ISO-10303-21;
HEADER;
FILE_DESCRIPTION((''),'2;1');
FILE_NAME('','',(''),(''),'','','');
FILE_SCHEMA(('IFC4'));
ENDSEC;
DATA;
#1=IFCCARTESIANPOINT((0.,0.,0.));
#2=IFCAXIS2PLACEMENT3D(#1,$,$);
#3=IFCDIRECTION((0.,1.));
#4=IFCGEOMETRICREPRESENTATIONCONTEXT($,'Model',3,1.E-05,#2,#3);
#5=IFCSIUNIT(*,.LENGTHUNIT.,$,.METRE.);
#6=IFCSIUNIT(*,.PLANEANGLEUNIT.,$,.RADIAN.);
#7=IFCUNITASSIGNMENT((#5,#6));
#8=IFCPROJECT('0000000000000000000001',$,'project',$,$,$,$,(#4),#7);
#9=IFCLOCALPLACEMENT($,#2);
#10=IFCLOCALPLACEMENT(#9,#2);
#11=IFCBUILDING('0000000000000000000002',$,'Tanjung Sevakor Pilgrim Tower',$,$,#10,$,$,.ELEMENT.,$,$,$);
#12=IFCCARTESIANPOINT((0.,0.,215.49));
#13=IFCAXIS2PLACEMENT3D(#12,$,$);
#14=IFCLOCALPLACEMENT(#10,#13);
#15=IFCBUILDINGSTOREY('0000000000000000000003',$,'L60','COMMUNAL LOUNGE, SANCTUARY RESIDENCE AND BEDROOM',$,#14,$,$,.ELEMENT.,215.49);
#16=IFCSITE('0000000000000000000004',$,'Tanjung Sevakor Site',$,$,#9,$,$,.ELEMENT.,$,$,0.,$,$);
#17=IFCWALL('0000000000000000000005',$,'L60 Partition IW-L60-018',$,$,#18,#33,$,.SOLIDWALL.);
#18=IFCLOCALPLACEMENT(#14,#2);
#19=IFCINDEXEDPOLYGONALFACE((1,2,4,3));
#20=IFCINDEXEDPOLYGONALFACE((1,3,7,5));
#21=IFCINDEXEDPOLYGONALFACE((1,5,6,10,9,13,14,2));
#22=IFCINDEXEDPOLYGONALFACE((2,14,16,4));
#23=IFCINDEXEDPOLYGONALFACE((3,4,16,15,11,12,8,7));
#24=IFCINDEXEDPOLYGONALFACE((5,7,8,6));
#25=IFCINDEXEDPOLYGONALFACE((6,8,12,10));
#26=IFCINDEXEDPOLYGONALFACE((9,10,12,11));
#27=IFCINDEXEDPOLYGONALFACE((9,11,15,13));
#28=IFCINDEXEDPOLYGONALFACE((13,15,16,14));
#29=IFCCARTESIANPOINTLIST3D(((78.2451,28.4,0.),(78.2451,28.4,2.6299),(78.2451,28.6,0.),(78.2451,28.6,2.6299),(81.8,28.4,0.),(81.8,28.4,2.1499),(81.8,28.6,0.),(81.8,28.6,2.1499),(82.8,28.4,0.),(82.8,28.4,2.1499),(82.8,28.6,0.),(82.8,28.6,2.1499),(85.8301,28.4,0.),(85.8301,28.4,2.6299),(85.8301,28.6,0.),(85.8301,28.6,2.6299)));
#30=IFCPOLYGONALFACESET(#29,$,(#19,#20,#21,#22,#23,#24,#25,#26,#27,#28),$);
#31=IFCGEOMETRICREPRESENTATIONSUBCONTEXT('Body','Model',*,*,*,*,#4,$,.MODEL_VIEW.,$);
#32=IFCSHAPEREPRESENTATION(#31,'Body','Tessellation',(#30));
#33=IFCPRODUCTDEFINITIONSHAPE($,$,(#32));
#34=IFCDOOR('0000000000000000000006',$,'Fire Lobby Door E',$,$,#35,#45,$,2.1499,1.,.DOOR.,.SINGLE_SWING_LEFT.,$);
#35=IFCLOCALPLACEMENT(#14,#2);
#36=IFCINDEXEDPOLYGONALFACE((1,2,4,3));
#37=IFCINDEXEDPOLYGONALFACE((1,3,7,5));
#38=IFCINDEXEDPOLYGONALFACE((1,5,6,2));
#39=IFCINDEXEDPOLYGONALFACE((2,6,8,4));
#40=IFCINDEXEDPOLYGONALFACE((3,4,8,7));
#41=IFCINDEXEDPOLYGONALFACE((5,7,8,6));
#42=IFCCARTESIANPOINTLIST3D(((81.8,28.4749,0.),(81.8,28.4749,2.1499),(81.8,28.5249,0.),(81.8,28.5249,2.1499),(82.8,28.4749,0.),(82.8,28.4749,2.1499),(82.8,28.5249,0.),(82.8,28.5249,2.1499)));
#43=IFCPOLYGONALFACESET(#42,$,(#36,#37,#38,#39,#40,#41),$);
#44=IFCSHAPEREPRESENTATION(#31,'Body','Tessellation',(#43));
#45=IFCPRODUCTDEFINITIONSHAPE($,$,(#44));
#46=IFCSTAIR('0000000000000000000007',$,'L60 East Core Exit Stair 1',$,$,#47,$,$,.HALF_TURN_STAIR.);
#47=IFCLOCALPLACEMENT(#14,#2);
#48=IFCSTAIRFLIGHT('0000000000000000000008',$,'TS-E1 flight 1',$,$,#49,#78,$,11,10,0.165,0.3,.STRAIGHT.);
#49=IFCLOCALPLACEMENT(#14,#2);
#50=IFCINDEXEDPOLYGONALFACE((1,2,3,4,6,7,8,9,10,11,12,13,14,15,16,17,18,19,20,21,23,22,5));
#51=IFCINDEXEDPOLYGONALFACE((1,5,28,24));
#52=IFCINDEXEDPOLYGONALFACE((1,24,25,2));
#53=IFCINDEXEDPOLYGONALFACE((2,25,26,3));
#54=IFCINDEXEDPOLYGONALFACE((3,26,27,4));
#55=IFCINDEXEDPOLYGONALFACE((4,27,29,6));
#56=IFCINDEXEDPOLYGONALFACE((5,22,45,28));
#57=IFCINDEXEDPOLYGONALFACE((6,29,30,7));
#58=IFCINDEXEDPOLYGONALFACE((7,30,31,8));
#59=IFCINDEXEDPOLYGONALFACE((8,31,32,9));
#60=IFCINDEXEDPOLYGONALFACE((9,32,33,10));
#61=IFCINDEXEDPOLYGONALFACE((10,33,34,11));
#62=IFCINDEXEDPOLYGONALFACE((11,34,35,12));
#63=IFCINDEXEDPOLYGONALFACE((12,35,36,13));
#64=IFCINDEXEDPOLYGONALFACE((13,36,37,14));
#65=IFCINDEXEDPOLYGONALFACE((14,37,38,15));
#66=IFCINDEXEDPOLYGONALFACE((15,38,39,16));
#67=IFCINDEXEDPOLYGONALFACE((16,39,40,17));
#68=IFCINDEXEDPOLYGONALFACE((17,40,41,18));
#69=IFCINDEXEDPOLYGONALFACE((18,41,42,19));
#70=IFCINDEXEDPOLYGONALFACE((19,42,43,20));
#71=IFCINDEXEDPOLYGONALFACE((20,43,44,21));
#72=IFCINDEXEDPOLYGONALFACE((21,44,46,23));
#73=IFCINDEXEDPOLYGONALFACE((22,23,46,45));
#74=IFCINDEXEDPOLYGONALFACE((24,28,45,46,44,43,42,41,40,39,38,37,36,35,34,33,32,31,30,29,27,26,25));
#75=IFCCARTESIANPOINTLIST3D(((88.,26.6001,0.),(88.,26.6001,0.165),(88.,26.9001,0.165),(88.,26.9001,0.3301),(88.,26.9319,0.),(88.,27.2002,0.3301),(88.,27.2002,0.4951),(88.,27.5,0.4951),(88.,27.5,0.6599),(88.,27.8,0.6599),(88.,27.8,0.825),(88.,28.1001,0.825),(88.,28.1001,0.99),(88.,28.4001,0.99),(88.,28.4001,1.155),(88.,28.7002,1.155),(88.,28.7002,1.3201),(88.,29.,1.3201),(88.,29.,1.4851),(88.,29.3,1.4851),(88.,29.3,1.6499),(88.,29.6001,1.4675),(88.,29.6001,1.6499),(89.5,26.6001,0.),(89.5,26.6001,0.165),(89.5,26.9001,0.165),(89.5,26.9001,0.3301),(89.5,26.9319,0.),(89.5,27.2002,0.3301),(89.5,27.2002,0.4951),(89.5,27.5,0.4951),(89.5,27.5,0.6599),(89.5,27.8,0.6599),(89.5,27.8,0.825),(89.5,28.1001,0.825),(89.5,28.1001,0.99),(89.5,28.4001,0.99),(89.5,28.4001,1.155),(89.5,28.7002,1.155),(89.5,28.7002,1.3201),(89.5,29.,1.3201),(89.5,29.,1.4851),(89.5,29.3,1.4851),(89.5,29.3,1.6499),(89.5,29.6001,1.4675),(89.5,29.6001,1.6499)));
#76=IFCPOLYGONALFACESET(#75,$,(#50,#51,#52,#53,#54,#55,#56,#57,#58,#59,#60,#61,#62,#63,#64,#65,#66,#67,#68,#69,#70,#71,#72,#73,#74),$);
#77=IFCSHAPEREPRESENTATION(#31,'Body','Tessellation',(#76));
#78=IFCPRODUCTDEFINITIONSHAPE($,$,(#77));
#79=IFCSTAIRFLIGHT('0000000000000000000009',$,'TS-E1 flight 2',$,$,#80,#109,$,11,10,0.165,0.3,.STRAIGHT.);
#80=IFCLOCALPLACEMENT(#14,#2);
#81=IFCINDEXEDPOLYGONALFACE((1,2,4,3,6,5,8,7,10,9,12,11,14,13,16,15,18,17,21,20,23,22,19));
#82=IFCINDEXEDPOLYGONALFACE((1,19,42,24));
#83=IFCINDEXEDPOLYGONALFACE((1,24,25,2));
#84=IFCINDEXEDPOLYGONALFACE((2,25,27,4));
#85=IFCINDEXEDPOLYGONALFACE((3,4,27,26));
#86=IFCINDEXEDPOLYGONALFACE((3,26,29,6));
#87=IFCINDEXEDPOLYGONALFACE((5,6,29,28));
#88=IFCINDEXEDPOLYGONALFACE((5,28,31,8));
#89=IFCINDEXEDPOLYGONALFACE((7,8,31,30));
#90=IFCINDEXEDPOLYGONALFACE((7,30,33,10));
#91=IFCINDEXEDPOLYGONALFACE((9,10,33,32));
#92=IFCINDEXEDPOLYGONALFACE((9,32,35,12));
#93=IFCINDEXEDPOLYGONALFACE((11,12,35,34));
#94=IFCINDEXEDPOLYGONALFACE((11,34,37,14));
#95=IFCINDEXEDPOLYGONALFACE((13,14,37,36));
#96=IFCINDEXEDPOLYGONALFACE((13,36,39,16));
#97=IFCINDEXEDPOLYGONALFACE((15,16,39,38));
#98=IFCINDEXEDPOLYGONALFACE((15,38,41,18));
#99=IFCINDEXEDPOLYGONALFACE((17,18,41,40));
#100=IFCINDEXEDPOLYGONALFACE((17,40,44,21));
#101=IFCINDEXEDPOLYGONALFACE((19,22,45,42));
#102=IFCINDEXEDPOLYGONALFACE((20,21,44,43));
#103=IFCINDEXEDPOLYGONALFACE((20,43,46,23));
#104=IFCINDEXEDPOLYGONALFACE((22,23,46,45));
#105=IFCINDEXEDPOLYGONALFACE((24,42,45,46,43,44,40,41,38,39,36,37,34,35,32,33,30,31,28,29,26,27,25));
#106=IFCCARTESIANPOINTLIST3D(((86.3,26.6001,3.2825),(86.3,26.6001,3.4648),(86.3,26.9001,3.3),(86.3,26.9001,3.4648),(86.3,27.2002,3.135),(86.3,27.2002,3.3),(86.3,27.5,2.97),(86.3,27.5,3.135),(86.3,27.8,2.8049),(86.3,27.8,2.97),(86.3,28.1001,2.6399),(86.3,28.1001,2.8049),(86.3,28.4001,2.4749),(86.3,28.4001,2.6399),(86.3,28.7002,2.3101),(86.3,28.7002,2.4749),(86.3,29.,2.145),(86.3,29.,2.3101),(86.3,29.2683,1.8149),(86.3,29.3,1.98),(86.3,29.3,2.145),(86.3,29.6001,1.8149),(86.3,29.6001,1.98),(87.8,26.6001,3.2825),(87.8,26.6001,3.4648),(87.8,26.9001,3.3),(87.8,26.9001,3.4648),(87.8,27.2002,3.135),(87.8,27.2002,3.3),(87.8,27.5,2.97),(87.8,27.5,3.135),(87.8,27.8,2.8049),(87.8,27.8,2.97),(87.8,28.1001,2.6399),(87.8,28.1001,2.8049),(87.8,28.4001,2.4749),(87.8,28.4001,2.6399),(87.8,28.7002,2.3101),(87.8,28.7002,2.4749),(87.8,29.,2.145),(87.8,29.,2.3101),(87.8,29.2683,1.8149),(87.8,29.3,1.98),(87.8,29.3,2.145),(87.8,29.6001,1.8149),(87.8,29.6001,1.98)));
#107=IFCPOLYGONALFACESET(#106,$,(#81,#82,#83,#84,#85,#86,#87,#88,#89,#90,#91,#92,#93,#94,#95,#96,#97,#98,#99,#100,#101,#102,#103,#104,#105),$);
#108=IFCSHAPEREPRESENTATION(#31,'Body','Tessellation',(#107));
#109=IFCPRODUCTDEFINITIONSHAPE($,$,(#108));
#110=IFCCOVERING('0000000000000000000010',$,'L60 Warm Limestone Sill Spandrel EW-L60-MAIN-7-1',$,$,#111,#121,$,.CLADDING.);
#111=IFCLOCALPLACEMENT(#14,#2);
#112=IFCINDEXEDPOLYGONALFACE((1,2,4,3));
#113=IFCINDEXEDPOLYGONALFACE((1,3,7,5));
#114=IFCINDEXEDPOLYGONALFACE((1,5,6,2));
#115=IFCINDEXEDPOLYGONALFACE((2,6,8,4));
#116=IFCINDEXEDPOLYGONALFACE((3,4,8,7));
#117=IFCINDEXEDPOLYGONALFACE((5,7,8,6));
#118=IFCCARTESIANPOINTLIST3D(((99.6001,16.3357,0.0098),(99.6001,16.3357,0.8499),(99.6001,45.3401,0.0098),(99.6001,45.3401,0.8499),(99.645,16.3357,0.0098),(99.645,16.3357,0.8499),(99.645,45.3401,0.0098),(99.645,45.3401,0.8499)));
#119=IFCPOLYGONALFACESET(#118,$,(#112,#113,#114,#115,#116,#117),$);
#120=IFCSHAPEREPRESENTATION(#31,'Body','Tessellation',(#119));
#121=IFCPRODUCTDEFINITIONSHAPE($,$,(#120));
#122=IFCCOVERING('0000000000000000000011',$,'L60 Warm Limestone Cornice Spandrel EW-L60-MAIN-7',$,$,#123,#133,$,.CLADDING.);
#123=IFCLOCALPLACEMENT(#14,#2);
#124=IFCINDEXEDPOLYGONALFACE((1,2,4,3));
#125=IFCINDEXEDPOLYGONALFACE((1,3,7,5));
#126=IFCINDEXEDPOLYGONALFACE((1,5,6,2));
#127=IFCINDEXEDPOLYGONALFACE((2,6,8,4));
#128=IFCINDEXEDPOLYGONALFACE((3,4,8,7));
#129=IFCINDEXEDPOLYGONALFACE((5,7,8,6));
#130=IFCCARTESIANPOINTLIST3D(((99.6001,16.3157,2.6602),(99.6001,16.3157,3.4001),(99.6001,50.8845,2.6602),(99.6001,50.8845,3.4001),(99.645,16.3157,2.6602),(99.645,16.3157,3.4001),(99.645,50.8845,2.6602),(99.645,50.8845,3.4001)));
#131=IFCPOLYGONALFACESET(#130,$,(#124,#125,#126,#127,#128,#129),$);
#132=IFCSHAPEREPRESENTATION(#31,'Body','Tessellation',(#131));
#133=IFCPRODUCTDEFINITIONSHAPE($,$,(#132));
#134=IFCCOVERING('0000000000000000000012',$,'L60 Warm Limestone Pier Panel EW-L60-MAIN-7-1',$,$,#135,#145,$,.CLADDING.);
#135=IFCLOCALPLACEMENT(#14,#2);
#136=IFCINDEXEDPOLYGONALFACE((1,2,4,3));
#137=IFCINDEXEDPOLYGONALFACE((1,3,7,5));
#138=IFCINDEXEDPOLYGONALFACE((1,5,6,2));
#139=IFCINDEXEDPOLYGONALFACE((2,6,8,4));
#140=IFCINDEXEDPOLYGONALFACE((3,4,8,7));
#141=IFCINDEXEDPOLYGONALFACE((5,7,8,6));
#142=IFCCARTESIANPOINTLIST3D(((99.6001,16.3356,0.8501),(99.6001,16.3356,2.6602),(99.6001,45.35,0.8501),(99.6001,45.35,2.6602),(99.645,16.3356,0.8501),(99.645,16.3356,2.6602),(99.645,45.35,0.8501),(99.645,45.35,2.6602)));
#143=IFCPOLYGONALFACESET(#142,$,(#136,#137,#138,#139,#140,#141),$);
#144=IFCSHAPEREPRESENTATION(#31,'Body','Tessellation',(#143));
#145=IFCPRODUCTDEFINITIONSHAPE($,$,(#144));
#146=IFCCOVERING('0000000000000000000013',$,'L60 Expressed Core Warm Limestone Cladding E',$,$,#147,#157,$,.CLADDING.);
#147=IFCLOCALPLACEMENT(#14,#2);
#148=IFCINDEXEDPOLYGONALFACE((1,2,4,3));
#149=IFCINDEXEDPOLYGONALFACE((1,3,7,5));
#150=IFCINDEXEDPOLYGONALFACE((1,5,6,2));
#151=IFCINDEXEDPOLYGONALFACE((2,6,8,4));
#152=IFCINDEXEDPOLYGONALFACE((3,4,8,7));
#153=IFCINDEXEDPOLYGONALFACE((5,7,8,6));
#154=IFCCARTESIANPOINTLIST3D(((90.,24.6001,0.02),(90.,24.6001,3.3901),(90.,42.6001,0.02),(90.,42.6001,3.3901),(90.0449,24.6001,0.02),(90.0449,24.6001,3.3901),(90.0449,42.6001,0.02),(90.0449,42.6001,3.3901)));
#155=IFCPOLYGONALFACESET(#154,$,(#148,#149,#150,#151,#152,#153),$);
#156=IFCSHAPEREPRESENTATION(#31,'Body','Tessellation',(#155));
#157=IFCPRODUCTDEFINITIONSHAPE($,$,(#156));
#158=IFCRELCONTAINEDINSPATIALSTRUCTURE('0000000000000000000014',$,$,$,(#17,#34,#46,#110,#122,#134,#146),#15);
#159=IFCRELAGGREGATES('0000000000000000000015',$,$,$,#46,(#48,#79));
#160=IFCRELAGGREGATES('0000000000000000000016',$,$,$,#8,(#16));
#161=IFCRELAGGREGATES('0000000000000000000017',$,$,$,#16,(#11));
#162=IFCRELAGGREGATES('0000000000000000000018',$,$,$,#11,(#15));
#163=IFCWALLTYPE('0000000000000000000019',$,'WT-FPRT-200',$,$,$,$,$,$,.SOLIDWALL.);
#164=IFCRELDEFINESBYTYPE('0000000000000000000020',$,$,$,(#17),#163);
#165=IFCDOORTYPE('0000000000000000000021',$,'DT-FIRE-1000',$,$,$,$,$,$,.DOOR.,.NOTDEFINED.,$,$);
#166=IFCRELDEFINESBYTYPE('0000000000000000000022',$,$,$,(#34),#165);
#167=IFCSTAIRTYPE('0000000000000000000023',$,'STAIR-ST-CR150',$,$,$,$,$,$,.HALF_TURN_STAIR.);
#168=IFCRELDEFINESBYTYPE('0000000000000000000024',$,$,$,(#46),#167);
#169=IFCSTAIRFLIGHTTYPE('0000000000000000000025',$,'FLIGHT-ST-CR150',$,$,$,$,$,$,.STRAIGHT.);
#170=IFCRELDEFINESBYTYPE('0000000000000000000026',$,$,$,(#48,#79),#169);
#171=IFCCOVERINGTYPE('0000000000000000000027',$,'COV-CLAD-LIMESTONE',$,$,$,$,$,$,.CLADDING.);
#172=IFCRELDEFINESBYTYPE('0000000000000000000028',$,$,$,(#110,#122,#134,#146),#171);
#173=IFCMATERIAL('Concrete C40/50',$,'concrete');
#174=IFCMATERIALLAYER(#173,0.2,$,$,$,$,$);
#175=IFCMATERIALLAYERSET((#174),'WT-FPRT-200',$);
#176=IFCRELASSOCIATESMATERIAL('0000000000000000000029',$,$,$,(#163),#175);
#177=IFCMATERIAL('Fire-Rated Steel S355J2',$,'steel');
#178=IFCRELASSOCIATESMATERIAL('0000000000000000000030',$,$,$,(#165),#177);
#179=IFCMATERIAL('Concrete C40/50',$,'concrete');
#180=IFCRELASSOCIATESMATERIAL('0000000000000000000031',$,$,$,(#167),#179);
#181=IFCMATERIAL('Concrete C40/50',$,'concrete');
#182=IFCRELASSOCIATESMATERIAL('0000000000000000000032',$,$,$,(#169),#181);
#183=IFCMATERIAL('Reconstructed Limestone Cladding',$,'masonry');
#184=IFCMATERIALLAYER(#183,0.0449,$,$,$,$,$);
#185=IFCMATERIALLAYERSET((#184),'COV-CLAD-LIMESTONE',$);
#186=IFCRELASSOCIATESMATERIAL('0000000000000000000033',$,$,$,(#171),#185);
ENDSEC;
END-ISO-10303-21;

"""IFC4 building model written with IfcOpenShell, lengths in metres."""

from ifc_helpers import new_model, si_unit, direction, frame, frame_2d, origin, origin_2d, place, context, subcontext, project, spatial, polyline, rectangle, outline, extrude, material, layer, layer_set, type_object, element, fill, aggregate, save


model = new_model("IFC4")

# Units and contexts
model_context = context("Model", 3, precision=1e-05, world=origin(), true_north=direction((0.0, 1.0)))
body_context = subcontext(model_context, "Body", "Model", "MODEL_VIEW")
ifc_project = project(units=[si_unit("LENGTHUNIT", "METRE"), si_unit("PLANEANGLEUNIT", "RADIAN")], contexts=[model_context])

# Site, building, storey
site_placement = place(None, origin())
site = spatial("IfcSite", under=ifc_project, at=site_placement, Name="Tanjung Sevakor Site", CompositionType="ELEMENT", RefElevation=0.0)
building_placement = place(site_placement, origin())
building = spatial("IfcBuilding", under=site, at=building_placement, Name="Tanjung Sevakor Pilgrim Tower", CompositionType="ELEMENT")
storey_placement = place(building_placement, frame((0.0, 0.0, 215.49)))
storey = spatial("IfcBuildingStorey", under=building, at=storey_placement, Name="L60", Description="COMMUNAL LOUNGE, SANCTUARY RESIDENCE AND BEDROOM", CompositionType="ELEMENT", Elevation=215.49)

# Wall, opening, door
ifc_material_1 = material(Name="Concrete C40/50", Category="concrete")
ifc_layer_1 = layer(ifc_material_1, 0.2)
ifc_layer_set_1 = layer_set([ifc_layer_1], Name="WT-FPRT-200")
wall_type_1 = type_object("IfcWallType", Name="WT-FPRT-200", PredefinedType="SOLIDWALL", material=ifc_layer_set_1)
wall_1_placement = place(storey_placement, frame((78.2451, 28.5, 0.0), z_axis=(0.0, 0.0, 1.0), x_axis=(1.0, 0.0, 0.0)))
wall_1 = element("IfcWall", 1, at=wall_1_placement, inside=storey, type_object=wall_type_1, Name="L60 Partition IW-L60-018", PredefinedType="SOLIDWALL", context=body_context, shape_type="SweptSolid", body=[
    extrude(rectangle(XDim=7.585, YDim=0.2, at=frame_2d((3.7925, 0.0))), origin(), (0.0, 0.0, 1.0), 2.6299),
])
opening_1_placement = place(wall_1_placement, frame((3.5549, 0.0, 0.0)))
opening_1 = element("IfcOpeningElement", 2, at=opening_1_placement, cuts=wall_1, PredefinedType="OPENING", context=body_context, shape_type="SweptSolid", body=[
    extrude(rectangle(XDim=1.0, YDim=2.1499, at=frame_2d((0.5, 1.075))), frame((0.0, 0.1099, 0.0), z_axis=(0.0, -1.0, 0.0), x_axis=(1.0, 0.0, 0.0)), (0.0, 0.0, 1.0), 0.22),
])
ifc_material_2 = material(Name="Fire-Rated Steel S355J2", Category="steel")
door_type_1 = type_object("IfcDoorType", Name="DT-FIRE-1000", OperationType="NOTDEFINED", PredefinedType="DOOR", material=ifc_material_2)
door_1_placement = place(opening_1_placement, origin())
door_1 = element("IfcDoor", 3, at=door_1_placement, inside=storey, type_object=door_type_1, Name="Fire Lobby Door E", OperationType="SINGLE_SWING_LEFT", OverallHeight=2.1499, OverallWidth=1.0, PredefinedType="DOOR", context=body_context, shape_type="SweptSolid", body=[
    extrude(rectangle(XDim=1.0, YDim=2.1499, at=frame_2d((0.5, 1.075))), frame((0.0, 0.0249, 0.0), z_axis=(0.0, -1.0, 0.0), x_axis=(1.0, 0.0, 0.0)), (0.0, 0.0, 1.0), 0.05),
])
fill(opening_1, door_1)

# Stair, stair flights
ifc_material_3 = material(Name="Concrete C40/50", Category="concrete")
stair_type = type_object("IfcStairType", Name="STAIR-ST-CR150", PredefinedType="HALF_TURN_STAIR", material=ifc_material_3)
stair_placement = place(storey_placement, origin())
stair = element("IfcStair", 4, at=stair_placement, inside=storey, type_object=stair_type, Name="L60 East Core Exit Stair 1", PredefinedType="HALF_TURN_STAIR")
ifc_material_4 = material(Name="Concrete C40/50", Category="concrete")
stair_flight_type = type_object("IfcStairFlightType", Name="FLIGHT-ST-CR150", PredefinedType="STRAIGHT", material=ifc_material_4)
stair_flight_1_placement = place(storey_placement, frame((88.75, 26.6001, 0.0), z_axis=(0.0, 0.0, 1.0), x_axis=(0.0, 1.0, 0.0)))
stair_flight_1 = element("IfcStairFlight", 5, at=stair_flight_1_placement, type_object=stair_flight_type, Name="TS-E1 flight 1", NumberOfRisers=11, NumberOfTreads=10, PredefinedType="STRAIGHT", RiserHeight=0.165, TreadLength=0.3, context=body_context, shape_type="SweptSolid", body=[
    extrude(outline(polyline([(0.0, 0.0), (0.0, 0.165), (0.3, 0.165), (0.3, 0.3301), (0.6001, 0.3301), (0.6001, 0.4951), (0.8999, 0.4951), (0.8999, 0.6599), (1.2, 0.6599), (1.2, 0.825), (1.5, 0.825), (1.5, 0.99), (1.8, 0.99), (1.8, 1.155), (2.1001, 1.155), (2.1001, 1.3201), (2.3999, 1.3201), (2.3999, 1.4851), (2.7, 1.4851), (2.7, 1.6499), (3.0, 1.6499), (3.0, 1.8149), (3.0, 1.4675), (0.3318, 0.0), (0.0, 0.0)])), frame((0.0, 0.75, 0.0), z_axis=(0.0, -1.0, 0.0), x_axis=(1.0, 0.0, 0.0)), (0.0, 0.0, 1.0), 1.5),
])
stair_flight_2_placement = place(storey_placement, frame((87.05, 29.6001, 1.8149), z_axis=(0.0, 0.0, 1.0), x_axis=(0.0, -1.0, 0.0)))
stair_flight_2 = element("IfcStairFlight", 6, at=stair_flight_2_placement, type_object=stair_flight_type, Name="TS-E1 flight 2", NumberOfRisers=11, NumberOfTreads=10, PredefinedType="STRAIGHT", RiserHeight=0.165, TreadLength=0.3, context=body_context, shape_type="SweptSolid", body=[
    extrude(outline(polyline([(0.0, 0.0), (0.0, 0.165), (0.3, 0.165), (0.3, 0.3301), (0.6001, 0.3301), (0.6001, 0.4951), (0.8999, 0.4951), (0.8999, 0.6599), (1.2, 0.6599), (1.2, 0.825), (1.5, 0.825), (1.5, 0.99), (1.8, 0.99), (1.8, 1.155), (2.1001, 1.155), (2.1001, 1.3201), (2.3999, 1.3201), (2.3999, 1.4851), (2.7, 1.4851), (2.7, 1.6499), (3.0, 1.6499), (3.0, 1.8149), (3.0, 1.4675), (0.3318, 0.0), (0.0, 0.0)])), frame((0.0, 0.75, 0.0), z_axis=(0.0, -1.0, 0.0), x_axis=(1.0, 0.0, 0.0)), (0.0, 0.0, 1.0), 1.5),
])
aggregate(stair, [stair_flight_1, stair_flight_2])

# Coverings
ifc_material_5 = material(Name="Reconstructed Limestone Cladding", Category="masonry")
ifc_layer_2 = layer(ifc_material_5, 0.0449)
ifc_layer_set_2 = layer_set([ifc_layer_2], Name="COV-CLAD-LIMESTONE")
covering_type = type_object("IfcCoveringType", Name="COV-CLAD-LIMESTONE", PredefinedType="CLADDING", material=ifc_layer_set_2)
covering_1_placement = place(storey_placement, frame((99.6226, 30.8379, 0.0098), z_axis=(0.0, 0.0, 1.0), x_axis=(0.0, 1.0, 0.0)))
element("IfcCovering", 7, at=covering_1_placement, inside=storey, type_object=covering_type, Name="L60 Warm Limestone Sill Spandrel EW-L60-MAIN-7-1", PredefinedType="CLADDING", context=body_context, shape_type="SweptSolid", body=[
    extrude(rectangle(XDim=29.0044, YDim=0.0449, at=origin_2d()), origin(), (0.0, 0.0, 1.0), 0.8401),
])
covering_2_placement = place(storey_placement, frame((99.6226, 33.6001, 2.6602), z_axis=(0.0, 0.0, 1.0), x_axis=(0.0, 1.0, 0.0)))
element("IfcCovering", 8, at=covering_2_placement, inside=storey, type_object=covering_type, Name="L60 Warm Limestone Cornice Spandrel EW-L60-MAIN-7", PredefinedType="CLADDING", context=body_context, shape_type="SweptSolid", body=[
    extrude(rectangle(XDim=34.5688, YDim=0.0449, at=origin_2d()), origin(), (0.0, 0.0, 1.0), 0.74),
])
covering_3_placement = place(storey_placement, frame((99.6226, 30.8428, 0.8501), z_axis=(0.0, 0.0, 1.0), x_axis=(0.0, 1.0, 0.0)))
element("IfcCovering", 9, at=covering_3_placement, inside=storey, type_object=covering_type, Name="L60 Warm Limestone Pier Panel EW-L60-MAIN-7-1", PredefinedType="CLADDING", context=body_context, shape_type="SweptSolid", body=[
    extrude(rectangle(XDim=29.0144, YDim=0.0449, at=origin_2d()), origin(), (0.0, 0.0, 1.0), 1.8101),
])
covering_4_placement = place(storey_placement, frame((90.0225, 33.6001, 0.02), z_axis=(0.0, 0.0, 1.0), x_axis=(1.0, 0.0, 0.0)))
element("IfcCovering", 10, at=covering_4_placement, inside=storey, type_object=covering_type, Name="L60 Expressed Core Warm Limestone Cladding E", PredefinedType="CLADDING", context=body_context, shape_type="SweptSolid", body=[
    extrude(rectangle(XDim=0.0449, YDim=18.0, at=origin_2d()), origin(), (0.0, 0.0, 1.0), 3.3701),
])

save(model, "model.ifc")
